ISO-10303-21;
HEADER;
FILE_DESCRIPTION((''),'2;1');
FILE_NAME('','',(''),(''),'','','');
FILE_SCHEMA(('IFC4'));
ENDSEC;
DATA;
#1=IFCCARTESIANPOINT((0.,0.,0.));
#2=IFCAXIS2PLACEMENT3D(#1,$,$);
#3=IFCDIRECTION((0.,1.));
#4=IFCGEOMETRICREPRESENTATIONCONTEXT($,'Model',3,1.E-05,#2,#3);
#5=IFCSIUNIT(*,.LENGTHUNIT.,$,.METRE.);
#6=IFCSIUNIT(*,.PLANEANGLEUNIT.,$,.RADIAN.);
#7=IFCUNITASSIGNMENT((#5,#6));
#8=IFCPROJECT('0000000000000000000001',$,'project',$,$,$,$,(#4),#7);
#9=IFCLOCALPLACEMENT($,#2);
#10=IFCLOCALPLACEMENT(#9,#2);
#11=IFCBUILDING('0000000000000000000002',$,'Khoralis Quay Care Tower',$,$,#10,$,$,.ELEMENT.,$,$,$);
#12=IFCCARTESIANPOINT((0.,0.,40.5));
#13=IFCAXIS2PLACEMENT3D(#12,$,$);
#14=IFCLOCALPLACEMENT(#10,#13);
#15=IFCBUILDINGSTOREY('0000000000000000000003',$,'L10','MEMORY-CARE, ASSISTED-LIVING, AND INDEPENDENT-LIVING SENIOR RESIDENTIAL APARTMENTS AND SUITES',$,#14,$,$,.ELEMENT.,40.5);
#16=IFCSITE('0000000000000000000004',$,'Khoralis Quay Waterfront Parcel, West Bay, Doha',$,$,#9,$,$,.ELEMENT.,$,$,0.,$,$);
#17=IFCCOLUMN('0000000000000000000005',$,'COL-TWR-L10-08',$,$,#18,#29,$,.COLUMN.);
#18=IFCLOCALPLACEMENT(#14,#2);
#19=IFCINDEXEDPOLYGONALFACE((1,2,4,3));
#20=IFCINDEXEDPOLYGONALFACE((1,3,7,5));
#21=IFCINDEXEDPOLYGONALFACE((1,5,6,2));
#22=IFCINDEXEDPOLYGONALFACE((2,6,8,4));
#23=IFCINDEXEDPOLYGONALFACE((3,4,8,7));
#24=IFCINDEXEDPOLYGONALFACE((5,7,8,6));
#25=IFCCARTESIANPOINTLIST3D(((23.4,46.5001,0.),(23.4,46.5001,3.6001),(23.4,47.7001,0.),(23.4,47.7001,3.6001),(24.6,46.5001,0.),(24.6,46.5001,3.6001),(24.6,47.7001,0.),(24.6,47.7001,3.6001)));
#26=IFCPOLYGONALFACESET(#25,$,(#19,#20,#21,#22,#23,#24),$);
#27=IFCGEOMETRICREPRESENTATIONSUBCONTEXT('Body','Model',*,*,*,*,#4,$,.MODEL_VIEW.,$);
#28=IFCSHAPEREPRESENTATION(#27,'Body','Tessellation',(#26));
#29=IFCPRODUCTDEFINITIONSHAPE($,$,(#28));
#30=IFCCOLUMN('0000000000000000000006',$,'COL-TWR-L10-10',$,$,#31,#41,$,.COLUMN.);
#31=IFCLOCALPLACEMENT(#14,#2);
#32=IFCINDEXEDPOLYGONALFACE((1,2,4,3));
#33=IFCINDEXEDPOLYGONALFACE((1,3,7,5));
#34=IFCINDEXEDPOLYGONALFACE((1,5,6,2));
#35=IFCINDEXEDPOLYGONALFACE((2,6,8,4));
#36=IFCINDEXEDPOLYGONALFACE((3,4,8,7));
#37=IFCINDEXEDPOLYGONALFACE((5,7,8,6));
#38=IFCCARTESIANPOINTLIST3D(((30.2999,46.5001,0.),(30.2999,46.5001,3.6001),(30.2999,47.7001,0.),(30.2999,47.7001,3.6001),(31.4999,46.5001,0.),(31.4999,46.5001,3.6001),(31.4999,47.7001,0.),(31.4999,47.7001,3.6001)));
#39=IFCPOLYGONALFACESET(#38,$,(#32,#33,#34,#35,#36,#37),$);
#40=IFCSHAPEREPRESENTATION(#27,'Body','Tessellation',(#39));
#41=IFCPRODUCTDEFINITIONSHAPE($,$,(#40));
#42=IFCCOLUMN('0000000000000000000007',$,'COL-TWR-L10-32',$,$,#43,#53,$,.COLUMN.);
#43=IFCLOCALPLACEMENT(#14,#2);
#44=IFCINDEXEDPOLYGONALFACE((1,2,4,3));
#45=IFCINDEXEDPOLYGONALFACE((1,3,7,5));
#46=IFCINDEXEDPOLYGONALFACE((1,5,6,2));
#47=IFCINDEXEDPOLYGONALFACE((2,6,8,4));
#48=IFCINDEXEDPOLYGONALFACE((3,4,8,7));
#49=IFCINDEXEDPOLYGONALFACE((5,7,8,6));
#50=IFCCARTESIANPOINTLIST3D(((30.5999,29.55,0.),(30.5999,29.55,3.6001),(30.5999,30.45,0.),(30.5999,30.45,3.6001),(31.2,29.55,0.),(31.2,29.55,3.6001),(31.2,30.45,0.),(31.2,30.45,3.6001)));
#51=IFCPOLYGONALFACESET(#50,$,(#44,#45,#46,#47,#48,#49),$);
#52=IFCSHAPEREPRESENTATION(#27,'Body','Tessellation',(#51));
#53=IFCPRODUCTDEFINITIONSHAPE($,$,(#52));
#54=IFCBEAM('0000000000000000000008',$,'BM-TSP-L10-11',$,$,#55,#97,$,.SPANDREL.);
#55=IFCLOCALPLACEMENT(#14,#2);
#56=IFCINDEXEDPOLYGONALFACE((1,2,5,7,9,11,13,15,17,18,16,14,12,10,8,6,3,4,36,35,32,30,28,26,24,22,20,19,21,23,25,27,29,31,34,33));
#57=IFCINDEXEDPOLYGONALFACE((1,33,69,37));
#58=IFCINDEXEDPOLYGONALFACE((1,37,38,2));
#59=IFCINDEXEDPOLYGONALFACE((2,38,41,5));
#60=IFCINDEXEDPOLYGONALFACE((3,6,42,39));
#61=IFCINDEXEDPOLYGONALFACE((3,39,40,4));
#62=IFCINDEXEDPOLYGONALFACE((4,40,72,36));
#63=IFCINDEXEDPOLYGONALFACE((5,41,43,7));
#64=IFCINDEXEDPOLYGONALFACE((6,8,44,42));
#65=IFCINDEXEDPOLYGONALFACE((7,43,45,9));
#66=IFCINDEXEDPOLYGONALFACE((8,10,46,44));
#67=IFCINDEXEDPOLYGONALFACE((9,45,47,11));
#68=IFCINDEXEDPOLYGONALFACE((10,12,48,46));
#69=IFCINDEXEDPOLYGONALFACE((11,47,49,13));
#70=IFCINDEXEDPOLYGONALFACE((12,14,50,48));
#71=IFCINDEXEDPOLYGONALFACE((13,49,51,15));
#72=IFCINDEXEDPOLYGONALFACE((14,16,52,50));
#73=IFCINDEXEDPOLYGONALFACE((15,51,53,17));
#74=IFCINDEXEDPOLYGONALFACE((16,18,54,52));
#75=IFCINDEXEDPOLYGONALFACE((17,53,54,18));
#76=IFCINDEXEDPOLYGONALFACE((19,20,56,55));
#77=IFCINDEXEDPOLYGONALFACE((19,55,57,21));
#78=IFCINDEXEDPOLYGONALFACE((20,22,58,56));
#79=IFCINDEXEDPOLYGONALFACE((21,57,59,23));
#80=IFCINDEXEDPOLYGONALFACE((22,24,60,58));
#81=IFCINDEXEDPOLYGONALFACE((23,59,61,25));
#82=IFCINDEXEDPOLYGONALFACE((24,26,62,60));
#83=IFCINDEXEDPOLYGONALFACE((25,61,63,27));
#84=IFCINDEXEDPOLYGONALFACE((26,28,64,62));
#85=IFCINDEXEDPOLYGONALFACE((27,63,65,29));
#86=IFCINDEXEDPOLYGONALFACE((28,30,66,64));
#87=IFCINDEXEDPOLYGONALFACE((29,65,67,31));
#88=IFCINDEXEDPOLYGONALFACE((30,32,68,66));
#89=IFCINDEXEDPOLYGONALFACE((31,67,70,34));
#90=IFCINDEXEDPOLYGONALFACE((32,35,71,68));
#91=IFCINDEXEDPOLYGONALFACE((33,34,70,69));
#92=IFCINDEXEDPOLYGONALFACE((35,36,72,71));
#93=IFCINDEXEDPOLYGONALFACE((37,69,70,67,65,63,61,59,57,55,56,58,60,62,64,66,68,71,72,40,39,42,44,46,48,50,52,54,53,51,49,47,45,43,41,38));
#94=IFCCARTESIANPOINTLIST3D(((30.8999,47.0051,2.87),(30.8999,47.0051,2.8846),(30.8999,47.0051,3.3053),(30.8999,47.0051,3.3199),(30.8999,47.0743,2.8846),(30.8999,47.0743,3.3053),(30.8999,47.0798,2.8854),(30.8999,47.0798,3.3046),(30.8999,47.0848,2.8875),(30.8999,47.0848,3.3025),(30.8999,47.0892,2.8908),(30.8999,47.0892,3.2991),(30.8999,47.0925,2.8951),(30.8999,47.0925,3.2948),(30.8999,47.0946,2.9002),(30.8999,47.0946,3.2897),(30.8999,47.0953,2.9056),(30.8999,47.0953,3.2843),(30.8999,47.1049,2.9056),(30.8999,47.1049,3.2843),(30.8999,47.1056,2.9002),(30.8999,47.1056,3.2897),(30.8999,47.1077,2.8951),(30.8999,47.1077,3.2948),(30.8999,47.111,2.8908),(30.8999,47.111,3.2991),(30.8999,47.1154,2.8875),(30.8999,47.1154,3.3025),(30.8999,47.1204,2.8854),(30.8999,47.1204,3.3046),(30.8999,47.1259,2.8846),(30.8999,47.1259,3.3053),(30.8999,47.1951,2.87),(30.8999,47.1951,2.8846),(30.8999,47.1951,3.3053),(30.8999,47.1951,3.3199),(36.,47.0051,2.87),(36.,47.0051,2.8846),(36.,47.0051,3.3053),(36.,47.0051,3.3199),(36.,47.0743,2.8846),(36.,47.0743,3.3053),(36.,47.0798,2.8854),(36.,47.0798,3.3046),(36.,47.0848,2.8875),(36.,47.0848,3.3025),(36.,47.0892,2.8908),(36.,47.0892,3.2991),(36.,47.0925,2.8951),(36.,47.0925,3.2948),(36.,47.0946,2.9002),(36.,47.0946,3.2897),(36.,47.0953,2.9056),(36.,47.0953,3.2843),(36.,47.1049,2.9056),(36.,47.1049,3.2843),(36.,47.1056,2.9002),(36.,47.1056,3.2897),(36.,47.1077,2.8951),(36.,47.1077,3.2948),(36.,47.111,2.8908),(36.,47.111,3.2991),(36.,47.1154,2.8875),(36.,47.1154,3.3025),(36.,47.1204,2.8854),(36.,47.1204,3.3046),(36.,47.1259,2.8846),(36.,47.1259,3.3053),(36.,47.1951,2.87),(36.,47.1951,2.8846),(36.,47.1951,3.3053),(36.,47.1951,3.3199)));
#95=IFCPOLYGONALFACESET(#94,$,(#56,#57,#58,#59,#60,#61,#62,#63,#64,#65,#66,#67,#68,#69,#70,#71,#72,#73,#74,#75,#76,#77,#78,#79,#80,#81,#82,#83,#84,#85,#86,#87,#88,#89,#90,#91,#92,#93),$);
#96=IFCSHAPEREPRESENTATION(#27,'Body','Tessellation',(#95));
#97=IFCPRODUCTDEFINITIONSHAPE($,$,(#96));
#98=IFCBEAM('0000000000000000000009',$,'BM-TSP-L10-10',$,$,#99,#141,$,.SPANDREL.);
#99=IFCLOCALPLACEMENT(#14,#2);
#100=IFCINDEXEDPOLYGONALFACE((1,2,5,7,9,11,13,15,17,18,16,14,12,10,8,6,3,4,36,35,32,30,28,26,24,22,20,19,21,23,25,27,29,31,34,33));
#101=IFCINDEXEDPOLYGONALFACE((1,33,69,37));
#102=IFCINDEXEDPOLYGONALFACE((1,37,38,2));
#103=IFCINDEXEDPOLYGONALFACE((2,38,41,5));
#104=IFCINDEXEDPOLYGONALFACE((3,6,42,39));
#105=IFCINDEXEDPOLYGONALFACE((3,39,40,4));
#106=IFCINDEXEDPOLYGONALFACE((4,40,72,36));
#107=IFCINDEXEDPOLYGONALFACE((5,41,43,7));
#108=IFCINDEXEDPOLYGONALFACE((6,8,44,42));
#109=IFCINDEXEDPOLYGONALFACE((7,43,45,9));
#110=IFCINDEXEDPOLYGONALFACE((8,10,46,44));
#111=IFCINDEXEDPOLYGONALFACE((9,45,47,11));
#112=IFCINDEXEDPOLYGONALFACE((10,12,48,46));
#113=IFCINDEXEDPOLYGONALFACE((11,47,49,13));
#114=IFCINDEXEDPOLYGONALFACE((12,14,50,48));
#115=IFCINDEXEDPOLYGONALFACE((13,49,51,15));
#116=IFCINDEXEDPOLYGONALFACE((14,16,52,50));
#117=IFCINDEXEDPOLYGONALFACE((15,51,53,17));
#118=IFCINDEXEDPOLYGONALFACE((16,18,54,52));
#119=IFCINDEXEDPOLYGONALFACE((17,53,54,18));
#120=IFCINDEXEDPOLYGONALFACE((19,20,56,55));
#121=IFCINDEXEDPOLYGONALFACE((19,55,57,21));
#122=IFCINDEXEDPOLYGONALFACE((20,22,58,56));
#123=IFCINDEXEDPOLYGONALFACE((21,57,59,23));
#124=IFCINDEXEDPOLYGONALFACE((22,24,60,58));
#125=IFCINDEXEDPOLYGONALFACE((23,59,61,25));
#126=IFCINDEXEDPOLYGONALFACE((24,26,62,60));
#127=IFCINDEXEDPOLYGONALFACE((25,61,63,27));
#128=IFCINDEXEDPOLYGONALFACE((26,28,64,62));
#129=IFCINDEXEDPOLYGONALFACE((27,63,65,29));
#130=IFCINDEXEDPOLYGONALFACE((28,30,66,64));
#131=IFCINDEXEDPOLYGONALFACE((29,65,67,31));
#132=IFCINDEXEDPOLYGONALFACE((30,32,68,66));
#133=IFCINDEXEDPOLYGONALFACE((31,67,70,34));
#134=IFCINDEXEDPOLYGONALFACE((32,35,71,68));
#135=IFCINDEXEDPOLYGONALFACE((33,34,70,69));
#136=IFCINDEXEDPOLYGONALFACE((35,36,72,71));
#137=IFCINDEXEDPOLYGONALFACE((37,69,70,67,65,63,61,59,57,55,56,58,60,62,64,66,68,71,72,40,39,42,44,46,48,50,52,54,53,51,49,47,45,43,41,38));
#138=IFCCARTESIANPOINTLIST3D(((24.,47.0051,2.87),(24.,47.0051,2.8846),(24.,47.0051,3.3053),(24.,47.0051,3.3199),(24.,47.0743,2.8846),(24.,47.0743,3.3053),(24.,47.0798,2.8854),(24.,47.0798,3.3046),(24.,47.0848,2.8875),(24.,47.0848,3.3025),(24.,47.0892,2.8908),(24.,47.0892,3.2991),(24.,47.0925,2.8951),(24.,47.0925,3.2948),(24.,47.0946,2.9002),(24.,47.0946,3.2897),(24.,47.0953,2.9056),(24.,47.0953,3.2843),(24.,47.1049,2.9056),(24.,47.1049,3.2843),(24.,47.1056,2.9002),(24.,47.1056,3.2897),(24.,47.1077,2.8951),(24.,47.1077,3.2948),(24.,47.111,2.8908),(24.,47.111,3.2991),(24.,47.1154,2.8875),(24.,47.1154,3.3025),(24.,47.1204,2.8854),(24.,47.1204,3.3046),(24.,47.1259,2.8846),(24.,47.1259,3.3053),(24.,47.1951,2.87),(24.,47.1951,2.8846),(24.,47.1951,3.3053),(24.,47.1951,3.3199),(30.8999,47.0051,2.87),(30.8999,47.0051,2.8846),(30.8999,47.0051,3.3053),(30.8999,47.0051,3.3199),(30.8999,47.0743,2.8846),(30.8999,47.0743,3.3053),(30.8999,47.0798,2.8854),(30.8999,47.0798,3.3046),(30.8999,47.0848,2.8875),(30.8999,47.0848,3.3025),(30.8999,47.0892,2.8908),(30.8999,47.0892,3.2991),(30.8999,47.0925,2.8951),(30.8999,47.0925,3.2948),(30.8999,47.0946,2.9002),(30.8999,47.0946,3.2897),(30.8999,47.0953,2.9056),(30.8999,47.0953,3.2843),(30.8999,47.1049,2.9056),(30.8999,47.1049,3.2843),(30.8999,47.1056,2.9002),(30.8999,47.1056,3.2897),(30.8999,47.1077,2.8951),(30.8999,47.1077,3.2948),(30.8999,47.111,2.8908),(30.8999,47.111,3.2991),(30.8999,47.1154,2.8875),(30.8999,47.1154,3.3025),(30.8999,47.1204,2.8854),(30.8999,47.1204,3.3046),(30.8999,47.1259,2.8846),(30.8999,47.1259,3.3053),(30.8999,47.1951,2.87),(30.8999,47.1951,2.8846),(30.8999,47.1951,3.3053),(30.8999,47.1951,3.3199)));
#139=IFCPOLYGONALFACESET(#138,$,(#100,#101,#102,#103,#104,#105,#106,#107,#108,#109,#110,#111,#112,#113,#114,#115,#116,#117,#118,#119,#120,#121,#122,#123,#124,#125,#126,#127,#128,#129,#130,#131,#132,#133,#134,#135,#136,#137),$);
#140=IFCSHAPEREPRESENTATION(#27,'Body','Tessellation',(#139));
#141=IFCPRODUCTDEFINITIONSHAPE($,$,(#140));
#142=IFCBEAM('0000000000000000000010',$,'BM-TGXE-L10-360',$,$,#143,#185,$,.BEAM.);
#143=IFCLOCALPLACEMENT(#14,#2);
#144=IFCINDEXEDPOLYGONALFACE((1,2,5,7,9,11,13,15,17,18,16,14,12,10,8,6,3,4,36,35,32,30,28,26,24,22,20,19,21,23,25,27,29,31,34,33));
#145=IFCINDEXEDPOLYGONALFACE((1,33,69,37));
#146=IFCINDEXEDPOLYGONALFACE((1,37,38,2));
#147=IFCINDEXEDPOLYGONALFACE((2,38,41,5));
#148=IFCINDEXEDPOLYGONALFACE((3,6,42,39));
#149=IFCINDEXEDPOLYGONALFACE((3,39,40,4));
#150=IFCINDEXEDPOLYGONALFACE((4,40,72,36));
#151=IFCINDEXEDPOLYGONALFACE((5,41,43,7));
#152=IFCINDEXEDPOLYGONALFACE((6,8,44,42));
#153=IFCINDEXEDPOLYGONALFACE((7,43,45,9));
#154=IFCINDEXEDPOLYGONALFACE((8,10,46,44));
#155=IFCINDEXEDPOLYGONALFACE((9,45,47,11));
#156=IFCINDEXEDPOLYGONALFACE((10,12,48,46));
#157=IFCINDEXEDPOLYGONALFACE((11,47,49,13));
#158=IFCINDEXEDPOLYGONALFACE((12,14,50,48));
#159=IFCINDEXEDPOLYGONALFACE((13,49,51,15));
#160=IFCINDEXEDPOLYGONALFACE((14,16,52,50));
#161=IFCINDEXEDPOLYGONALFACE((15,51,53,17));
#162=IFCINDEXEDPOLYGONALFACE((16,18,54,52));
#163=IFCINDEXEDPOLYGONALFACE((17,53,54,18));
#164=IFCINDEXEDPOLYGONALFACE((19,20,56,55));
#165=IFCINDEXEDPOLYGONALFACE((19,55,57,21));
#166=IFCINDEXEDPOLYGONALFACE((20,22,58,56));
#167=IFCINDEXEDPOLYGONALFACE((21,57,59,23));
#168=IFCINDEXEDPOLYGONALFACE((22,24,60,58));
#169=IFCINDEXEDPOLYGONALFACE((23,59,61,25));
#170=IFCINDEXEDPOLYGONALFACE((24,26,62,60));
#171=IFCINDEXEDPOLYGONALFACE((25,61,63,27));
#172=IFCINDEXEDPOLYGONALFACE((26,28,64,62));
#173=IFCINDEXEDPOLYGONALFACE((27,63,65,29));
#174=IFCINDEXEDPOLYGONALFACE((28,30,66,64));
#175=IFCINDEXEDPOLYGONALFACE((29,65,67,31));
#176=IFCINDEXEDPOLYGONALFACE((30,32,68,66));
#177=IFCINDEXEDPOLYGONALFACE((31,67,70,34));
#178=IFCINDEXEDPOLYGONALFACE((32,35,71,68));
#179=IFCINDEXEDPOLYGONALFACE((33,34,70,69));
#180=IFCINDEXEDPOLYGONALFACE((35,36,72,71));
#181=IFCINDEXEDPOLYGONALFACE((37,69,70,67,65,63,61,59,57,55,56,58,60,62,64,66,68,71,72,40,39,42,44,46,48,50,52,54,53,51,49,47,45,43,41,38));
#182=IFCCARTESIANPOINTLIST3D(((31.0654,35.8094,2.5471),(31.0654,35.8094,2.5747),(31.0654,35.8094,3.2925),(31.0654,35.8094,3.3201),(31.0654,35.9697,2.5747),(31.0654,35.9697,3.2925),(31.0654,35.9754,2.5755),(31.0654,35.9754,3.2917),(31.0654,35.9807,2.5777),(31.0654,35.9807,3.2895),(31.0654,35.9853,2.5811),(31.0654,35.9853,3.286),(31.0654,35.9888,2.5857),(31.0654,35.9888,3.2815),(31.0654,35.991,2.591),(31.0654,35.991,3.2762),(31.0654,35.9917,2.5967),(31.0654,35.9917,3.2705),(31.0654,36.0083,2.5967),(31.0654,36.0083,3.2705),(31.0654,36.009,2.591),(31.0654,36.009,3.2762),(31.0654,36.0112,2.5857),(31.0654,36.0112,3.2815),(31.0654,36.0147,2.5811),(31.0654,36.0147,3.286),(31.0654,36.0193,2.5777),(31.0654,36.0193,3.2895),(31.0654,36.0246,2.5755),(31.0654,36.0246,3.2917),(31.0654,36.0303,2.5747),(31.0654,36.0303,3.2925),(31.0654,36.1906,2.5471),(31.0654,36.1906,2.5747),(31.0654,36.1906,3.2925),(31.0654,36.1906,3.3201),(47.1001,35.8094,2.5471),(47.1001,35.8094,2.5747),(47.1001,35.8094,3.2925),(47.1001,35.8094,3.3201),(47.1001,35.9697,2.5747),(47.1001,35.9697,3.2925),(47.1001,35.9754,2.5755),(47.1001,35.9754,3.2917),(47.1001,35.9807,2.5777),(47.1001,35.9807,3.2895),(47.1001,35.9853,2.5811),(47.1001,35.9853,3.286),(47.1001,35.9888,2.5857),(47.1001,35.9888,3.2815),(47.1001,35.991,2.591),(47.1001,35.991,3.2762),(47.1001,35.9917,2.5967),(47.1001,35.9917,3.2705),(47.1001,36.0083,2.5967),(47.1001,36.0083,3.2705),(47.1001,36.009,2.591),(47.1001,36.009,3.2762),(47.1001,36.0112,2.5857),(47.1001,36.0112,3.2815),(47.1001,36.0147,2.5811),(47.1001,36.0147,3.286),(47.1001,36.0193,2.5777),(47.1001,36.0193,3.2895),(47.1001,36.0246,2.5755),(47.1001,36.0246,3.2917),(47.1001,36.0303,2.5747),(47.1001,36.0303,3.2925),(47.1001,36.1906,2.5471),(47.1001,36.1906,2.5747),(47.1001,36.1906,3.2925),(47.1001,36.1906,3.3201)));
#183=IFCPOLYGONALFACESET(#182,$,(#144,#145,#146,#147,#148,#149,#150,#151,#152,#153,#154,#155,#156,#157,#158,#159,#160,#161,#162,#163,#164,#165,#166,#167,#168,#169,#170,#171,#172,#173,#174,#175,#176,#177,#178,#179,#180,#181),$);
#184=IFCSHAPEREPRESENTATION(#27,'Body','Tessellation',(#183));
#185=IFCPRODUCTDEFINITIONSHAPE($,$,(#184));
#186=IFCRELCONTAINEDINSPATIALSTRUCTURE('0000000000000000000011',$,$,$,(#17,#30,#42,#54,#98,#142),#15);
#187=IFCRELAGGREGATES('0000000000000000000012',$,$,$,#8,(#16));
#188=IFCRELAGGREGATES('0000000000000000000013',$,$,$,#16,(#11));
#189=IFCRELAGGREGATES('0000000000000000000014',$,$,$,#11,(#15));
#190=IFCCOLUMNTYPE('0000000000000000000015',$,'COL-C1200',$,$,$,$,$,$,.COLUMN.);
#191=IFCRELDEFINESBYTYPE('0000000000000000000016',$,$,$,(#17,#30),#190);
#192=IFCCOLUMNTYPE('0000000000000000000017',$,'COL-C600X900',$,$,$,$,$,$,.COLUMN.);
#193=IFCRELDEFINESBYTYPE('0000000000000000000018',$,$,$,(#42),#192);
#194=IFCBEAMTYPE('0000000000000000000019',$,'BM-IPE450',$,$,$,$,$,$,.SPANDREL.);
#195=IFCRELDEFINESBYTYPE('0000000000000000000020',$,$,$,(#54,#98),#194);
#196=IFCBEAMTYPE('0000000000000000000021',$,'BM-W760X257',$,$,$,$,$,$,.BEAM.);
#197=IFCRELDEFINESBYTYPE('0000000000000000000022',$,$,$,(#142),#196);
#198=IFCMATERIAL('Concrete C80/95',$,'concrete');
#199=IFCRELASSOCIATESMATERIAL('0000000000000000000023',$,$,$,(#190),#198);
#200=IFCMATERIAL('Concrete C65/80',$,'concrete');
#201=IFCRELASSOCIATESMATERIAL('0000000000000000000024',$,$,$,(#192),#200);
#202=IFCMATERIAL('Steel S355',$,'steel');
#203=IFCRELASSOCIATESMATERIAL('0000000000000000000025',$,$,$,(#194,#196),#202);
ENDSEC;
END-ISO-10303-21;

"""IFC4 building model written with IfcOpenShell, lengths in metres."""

from ifc_helpers import new_model, si_unit, direction, frame, origin, origin_2d, place, context, subcontext, project, spatial, rectangle, i_section, extrude, source, transform, mapped, material, material_profile, profile_set, type_object, element, save


model = new_model("IFC4")

# Units and contexts
model_context = context("Model", 3, precision=1e-05, world=origin(), true_north=direction((0.0, 1.0)))
body_context = subcontext(model_context, "Body", "Model", "MODEL_VIEW")
ifc_project = project(units=[si_unit("LENGTHUNIT", "METRE"), si_unit("PLANEANGLEUNIT", "RADIAN")], contexts=[model_context])

# Site, building, storey
site_placement = place(None, origin())
site = spatial("IfcSite", under=ifc_project, at=site_placement, Name="Khoralis Quay Waterfront Parcel, West Bay, Doha", CompositionType="ELEMENT", RefElevation=0.0)
building_placement = place(site_placement, origin())
building = spatial("IfcBuilding", under=site, at=building_placement, Name="Khoralis Quay Care Tower", CompositionType="ELEMENT")
storey_placement = place(building_placement, frame((0.0, 0.0, 40.5)))
storey = spatial("IfcBuildingStorey", under=building, at=storey_placement, Name="L10", Description="MEMORY-CARE, ASSISTED-LIVING, AND INDEPENDENT-LIVING SENIOR RESIDENTIAL APARTMENTS AND SUITES", CompositionType="ELEMENT", Elevation=40.5)

# Columns
ifc_material_1 = material(Name="Concrete C80/95", Category="concrete")
ifc_material_profile_1 = material_profile(ifc_material_1, rectangle(XDim=1.2, YDim=1.2, at=origin_2d()), Name="Concrete C80/95")
ifc_profile_set_1 = profile_set([ifc_material_profile_1], Name="Concrete C80/95")
column_type_1 = type_object("IfcColumnType", Name="COL-C1200", PredefinedType="COLUMN", material=ifc_profile_set_1)
shared_shape_1 = source(origin(), body_context, "Body", "SweptSolid", [
    extrude(rectangle(XDim=1.2, YDim=1.2, at=origin_2d()), origin(), (0.0, 0.0, 1.0), 3.6001),
])
for number, where, z_axis, x_axis, name in (
    (1, (24.0, 47.1001, 0.0), (0.0, 0.0, 1.0), (1.0, 0.0, 0.0), "COL-TWR-L10-08"),
    (2, (30.8999, 47.1001, 0.0), (0.0, 0.0, 1.0), (1.0, 0.0, 0.0), "COL-TWR-L10-10"),
):
    element("IfcColumn", number, at=place(storey_placement, frame(where, z_axis=z_axis, x_axis=x_axis)), inside=storey, type_object=column_type_1, Name=name, PredefinedType="COLUMN", context=body_context, shape_type="MappedRepresentation", body=[
        mapped(shared_shape_1, transform((0.0, 0.0, 0.0), scale=1.0)),
    ])
ifc_material_2 = material(Name="Concrete C65/80", Category="concrete")
ifc_material_profile_2 = material_profile(ifc_material_2, rectangle(XDim=0.6001, YDim=0.8999, at=origin_2d()), Name="Concrete C65/80")
ifc_profile_set_2 = profile_set([ifc_material_profile_2], Name="Concrete C65/80")
column_type_2 = type_object("IfcColumnType", Name="COL-C600X900", PredefinedType="COLUMN", material=ifc_profile_set_2)
shared_shape_2 = source(origin(), body_context, "Body", "SweptSolid", [
    extrude(rectangle(XDim=0.6001, YDim=0.8999, at=origin_2d()), origin(), (0.0, 0.0, 1.0), 3.6001),
])
column_placement = place(storey_placement, frame((30.8999, 30.0, 0.0), z_axis=(0.0, 0.0, 1.0), x_axis=(1.0, 0.0, 0.0)))
element("IfcColumn", 3, at=column_placement, inside=storey, type_object=column_type_2, Name="COL-TWR-L10-32", PredefinedType="COLUMN", context=body_context, shape_type="MappedRepresentation", body=[
    mapped(shared_shape_2, transform((0.0, 0.0, 0.0), scale=1.0)),
])

# Beams
ifc_material_3 = material(Name="Steel S355", Category="steel")
ifc_material_profile_3 = material_profile(ifc_material_3, i_section(OverallWidth=0.1899, OverallDepth=0.45, WebThickness=0.0095, FlangeThickness=0.0146, FilletRadius=0.021, at=origin_2d()), Name="Steel S355")
ifc_profile_set_3 = profile_set([ifc_material_profile_3], Name="Steel S355")
beam_type_1 = type_object("IfcBeamType", Name="BM-IPE450", PredefinedType="SPANDREL", material=ifc_profile_set_3)
shared_shape_3 = source(origin(), body_context, "Body", "SweptSolid", [
    extrude(i_section(OverallWidth=0.1899, OverallDepth=0.45, WebThickness=0.0095, FlangeThickness=0.0146, FilletRadius=0.021, at=origin_2d()), origin(), (0.0, 0.0, 1.0), 5.1001),
])
beam_1_placement = place(storey_placement, frame((30.8999, 47.1001, 3.095), z_axis=(1.0, 0.0, 0.0), x_axis=(0.0, 1.0, 0.0)))
element("IfcBeam", 4, at=beam_1_placement, inside=storey, type_object=beam_type_1, Name="BM-TSP-L10-11", PredefinedType="SPANDREL", context=body_context, shape_type="MappedRepresentation", body=[
    mapped(shared_shape_3, transform((0.0, 0.0, 0.0), scale=1.0)),
])
shared_shape_4 = source(origin(), body_context, "Body", "SweptSolid", [
    extrude(i_section(OverallWidth=0.1899, OverallDepth=0.45, WebThickness=0.0095, FlangeThickness=0.0146, FilletRadius=0.021, at=origin_2d()), origin(), (0.0, 0.0, 1.0), 6.8999),
])
beam_2_placement = place(storey_placement, frame((24.0, 47.1001, 3.095), z_axis=(1.0, 0.0, 0.0), x_axis=(0.0, 1.0, 0.0)))
element("IfcBeam", 5, at=beam_2_placement, inside=storey, type_object=beam_type_1, Name="BM-TSP-L10-10", PredefinedType="SPANDREL", context=body_context, shape_type="MappedRepresentation", body=[
    mapped(shared_shape_4, transform((0.0, 0.0, 0.0), scale=1.0)),
])
ifc_material_profile_4 = material_profile(ifc_material_3, i_section(OverallWidth=0.3811, OverallDepth=0.7729, WebThickness=0.0166, FlangeThickness=0.0276, FilletRadius=0.022, at=origin_2d()), Name="Steel S355")
ifc_profile_set_4 = profile_set([ifc_material_profile_4], Name="Steel S355")
beam_type_2 = type_object("IfcBeamType", Name="BM-W760X257", PredefinedType="BEAM", material=ifc_profile_set_4)
shared_shape_5 = source(origin(), body_context, "Body", "SweptSolid", [
    extrude(i_section(OverallWidth=0.3811, OverallDepth=0.7729, WebThickness=0.0166, FlangeThickness=0.0276, FilletRadius=0.022, at=origin_2d()), origin(), (0.0, 0.0, 1.0), 16.0347),
])
for number, where, z_axis, x_axis, name in (
    (6, (31.0654, 36.0, 2.9336), (1.0, 0.0, 0.0), (0.0, 1.0, 0.0), "BM-TGXE-L10-360"),
):
    element("IfcBeam", number, at=place(storey_placement, frame(where, z_axis=z_axis, x_axis=x_axis)), inside=storey, type_object=beam_type_2, Name=name, PredefinedType="BEAM", context=body_context, shape_type="MappedRepresentation", body=[
        mapped(shared_shape_5, transform((0.0, 0.0, 0.0), scale=1.0)),
    ])

save(model, "model.ifc")
